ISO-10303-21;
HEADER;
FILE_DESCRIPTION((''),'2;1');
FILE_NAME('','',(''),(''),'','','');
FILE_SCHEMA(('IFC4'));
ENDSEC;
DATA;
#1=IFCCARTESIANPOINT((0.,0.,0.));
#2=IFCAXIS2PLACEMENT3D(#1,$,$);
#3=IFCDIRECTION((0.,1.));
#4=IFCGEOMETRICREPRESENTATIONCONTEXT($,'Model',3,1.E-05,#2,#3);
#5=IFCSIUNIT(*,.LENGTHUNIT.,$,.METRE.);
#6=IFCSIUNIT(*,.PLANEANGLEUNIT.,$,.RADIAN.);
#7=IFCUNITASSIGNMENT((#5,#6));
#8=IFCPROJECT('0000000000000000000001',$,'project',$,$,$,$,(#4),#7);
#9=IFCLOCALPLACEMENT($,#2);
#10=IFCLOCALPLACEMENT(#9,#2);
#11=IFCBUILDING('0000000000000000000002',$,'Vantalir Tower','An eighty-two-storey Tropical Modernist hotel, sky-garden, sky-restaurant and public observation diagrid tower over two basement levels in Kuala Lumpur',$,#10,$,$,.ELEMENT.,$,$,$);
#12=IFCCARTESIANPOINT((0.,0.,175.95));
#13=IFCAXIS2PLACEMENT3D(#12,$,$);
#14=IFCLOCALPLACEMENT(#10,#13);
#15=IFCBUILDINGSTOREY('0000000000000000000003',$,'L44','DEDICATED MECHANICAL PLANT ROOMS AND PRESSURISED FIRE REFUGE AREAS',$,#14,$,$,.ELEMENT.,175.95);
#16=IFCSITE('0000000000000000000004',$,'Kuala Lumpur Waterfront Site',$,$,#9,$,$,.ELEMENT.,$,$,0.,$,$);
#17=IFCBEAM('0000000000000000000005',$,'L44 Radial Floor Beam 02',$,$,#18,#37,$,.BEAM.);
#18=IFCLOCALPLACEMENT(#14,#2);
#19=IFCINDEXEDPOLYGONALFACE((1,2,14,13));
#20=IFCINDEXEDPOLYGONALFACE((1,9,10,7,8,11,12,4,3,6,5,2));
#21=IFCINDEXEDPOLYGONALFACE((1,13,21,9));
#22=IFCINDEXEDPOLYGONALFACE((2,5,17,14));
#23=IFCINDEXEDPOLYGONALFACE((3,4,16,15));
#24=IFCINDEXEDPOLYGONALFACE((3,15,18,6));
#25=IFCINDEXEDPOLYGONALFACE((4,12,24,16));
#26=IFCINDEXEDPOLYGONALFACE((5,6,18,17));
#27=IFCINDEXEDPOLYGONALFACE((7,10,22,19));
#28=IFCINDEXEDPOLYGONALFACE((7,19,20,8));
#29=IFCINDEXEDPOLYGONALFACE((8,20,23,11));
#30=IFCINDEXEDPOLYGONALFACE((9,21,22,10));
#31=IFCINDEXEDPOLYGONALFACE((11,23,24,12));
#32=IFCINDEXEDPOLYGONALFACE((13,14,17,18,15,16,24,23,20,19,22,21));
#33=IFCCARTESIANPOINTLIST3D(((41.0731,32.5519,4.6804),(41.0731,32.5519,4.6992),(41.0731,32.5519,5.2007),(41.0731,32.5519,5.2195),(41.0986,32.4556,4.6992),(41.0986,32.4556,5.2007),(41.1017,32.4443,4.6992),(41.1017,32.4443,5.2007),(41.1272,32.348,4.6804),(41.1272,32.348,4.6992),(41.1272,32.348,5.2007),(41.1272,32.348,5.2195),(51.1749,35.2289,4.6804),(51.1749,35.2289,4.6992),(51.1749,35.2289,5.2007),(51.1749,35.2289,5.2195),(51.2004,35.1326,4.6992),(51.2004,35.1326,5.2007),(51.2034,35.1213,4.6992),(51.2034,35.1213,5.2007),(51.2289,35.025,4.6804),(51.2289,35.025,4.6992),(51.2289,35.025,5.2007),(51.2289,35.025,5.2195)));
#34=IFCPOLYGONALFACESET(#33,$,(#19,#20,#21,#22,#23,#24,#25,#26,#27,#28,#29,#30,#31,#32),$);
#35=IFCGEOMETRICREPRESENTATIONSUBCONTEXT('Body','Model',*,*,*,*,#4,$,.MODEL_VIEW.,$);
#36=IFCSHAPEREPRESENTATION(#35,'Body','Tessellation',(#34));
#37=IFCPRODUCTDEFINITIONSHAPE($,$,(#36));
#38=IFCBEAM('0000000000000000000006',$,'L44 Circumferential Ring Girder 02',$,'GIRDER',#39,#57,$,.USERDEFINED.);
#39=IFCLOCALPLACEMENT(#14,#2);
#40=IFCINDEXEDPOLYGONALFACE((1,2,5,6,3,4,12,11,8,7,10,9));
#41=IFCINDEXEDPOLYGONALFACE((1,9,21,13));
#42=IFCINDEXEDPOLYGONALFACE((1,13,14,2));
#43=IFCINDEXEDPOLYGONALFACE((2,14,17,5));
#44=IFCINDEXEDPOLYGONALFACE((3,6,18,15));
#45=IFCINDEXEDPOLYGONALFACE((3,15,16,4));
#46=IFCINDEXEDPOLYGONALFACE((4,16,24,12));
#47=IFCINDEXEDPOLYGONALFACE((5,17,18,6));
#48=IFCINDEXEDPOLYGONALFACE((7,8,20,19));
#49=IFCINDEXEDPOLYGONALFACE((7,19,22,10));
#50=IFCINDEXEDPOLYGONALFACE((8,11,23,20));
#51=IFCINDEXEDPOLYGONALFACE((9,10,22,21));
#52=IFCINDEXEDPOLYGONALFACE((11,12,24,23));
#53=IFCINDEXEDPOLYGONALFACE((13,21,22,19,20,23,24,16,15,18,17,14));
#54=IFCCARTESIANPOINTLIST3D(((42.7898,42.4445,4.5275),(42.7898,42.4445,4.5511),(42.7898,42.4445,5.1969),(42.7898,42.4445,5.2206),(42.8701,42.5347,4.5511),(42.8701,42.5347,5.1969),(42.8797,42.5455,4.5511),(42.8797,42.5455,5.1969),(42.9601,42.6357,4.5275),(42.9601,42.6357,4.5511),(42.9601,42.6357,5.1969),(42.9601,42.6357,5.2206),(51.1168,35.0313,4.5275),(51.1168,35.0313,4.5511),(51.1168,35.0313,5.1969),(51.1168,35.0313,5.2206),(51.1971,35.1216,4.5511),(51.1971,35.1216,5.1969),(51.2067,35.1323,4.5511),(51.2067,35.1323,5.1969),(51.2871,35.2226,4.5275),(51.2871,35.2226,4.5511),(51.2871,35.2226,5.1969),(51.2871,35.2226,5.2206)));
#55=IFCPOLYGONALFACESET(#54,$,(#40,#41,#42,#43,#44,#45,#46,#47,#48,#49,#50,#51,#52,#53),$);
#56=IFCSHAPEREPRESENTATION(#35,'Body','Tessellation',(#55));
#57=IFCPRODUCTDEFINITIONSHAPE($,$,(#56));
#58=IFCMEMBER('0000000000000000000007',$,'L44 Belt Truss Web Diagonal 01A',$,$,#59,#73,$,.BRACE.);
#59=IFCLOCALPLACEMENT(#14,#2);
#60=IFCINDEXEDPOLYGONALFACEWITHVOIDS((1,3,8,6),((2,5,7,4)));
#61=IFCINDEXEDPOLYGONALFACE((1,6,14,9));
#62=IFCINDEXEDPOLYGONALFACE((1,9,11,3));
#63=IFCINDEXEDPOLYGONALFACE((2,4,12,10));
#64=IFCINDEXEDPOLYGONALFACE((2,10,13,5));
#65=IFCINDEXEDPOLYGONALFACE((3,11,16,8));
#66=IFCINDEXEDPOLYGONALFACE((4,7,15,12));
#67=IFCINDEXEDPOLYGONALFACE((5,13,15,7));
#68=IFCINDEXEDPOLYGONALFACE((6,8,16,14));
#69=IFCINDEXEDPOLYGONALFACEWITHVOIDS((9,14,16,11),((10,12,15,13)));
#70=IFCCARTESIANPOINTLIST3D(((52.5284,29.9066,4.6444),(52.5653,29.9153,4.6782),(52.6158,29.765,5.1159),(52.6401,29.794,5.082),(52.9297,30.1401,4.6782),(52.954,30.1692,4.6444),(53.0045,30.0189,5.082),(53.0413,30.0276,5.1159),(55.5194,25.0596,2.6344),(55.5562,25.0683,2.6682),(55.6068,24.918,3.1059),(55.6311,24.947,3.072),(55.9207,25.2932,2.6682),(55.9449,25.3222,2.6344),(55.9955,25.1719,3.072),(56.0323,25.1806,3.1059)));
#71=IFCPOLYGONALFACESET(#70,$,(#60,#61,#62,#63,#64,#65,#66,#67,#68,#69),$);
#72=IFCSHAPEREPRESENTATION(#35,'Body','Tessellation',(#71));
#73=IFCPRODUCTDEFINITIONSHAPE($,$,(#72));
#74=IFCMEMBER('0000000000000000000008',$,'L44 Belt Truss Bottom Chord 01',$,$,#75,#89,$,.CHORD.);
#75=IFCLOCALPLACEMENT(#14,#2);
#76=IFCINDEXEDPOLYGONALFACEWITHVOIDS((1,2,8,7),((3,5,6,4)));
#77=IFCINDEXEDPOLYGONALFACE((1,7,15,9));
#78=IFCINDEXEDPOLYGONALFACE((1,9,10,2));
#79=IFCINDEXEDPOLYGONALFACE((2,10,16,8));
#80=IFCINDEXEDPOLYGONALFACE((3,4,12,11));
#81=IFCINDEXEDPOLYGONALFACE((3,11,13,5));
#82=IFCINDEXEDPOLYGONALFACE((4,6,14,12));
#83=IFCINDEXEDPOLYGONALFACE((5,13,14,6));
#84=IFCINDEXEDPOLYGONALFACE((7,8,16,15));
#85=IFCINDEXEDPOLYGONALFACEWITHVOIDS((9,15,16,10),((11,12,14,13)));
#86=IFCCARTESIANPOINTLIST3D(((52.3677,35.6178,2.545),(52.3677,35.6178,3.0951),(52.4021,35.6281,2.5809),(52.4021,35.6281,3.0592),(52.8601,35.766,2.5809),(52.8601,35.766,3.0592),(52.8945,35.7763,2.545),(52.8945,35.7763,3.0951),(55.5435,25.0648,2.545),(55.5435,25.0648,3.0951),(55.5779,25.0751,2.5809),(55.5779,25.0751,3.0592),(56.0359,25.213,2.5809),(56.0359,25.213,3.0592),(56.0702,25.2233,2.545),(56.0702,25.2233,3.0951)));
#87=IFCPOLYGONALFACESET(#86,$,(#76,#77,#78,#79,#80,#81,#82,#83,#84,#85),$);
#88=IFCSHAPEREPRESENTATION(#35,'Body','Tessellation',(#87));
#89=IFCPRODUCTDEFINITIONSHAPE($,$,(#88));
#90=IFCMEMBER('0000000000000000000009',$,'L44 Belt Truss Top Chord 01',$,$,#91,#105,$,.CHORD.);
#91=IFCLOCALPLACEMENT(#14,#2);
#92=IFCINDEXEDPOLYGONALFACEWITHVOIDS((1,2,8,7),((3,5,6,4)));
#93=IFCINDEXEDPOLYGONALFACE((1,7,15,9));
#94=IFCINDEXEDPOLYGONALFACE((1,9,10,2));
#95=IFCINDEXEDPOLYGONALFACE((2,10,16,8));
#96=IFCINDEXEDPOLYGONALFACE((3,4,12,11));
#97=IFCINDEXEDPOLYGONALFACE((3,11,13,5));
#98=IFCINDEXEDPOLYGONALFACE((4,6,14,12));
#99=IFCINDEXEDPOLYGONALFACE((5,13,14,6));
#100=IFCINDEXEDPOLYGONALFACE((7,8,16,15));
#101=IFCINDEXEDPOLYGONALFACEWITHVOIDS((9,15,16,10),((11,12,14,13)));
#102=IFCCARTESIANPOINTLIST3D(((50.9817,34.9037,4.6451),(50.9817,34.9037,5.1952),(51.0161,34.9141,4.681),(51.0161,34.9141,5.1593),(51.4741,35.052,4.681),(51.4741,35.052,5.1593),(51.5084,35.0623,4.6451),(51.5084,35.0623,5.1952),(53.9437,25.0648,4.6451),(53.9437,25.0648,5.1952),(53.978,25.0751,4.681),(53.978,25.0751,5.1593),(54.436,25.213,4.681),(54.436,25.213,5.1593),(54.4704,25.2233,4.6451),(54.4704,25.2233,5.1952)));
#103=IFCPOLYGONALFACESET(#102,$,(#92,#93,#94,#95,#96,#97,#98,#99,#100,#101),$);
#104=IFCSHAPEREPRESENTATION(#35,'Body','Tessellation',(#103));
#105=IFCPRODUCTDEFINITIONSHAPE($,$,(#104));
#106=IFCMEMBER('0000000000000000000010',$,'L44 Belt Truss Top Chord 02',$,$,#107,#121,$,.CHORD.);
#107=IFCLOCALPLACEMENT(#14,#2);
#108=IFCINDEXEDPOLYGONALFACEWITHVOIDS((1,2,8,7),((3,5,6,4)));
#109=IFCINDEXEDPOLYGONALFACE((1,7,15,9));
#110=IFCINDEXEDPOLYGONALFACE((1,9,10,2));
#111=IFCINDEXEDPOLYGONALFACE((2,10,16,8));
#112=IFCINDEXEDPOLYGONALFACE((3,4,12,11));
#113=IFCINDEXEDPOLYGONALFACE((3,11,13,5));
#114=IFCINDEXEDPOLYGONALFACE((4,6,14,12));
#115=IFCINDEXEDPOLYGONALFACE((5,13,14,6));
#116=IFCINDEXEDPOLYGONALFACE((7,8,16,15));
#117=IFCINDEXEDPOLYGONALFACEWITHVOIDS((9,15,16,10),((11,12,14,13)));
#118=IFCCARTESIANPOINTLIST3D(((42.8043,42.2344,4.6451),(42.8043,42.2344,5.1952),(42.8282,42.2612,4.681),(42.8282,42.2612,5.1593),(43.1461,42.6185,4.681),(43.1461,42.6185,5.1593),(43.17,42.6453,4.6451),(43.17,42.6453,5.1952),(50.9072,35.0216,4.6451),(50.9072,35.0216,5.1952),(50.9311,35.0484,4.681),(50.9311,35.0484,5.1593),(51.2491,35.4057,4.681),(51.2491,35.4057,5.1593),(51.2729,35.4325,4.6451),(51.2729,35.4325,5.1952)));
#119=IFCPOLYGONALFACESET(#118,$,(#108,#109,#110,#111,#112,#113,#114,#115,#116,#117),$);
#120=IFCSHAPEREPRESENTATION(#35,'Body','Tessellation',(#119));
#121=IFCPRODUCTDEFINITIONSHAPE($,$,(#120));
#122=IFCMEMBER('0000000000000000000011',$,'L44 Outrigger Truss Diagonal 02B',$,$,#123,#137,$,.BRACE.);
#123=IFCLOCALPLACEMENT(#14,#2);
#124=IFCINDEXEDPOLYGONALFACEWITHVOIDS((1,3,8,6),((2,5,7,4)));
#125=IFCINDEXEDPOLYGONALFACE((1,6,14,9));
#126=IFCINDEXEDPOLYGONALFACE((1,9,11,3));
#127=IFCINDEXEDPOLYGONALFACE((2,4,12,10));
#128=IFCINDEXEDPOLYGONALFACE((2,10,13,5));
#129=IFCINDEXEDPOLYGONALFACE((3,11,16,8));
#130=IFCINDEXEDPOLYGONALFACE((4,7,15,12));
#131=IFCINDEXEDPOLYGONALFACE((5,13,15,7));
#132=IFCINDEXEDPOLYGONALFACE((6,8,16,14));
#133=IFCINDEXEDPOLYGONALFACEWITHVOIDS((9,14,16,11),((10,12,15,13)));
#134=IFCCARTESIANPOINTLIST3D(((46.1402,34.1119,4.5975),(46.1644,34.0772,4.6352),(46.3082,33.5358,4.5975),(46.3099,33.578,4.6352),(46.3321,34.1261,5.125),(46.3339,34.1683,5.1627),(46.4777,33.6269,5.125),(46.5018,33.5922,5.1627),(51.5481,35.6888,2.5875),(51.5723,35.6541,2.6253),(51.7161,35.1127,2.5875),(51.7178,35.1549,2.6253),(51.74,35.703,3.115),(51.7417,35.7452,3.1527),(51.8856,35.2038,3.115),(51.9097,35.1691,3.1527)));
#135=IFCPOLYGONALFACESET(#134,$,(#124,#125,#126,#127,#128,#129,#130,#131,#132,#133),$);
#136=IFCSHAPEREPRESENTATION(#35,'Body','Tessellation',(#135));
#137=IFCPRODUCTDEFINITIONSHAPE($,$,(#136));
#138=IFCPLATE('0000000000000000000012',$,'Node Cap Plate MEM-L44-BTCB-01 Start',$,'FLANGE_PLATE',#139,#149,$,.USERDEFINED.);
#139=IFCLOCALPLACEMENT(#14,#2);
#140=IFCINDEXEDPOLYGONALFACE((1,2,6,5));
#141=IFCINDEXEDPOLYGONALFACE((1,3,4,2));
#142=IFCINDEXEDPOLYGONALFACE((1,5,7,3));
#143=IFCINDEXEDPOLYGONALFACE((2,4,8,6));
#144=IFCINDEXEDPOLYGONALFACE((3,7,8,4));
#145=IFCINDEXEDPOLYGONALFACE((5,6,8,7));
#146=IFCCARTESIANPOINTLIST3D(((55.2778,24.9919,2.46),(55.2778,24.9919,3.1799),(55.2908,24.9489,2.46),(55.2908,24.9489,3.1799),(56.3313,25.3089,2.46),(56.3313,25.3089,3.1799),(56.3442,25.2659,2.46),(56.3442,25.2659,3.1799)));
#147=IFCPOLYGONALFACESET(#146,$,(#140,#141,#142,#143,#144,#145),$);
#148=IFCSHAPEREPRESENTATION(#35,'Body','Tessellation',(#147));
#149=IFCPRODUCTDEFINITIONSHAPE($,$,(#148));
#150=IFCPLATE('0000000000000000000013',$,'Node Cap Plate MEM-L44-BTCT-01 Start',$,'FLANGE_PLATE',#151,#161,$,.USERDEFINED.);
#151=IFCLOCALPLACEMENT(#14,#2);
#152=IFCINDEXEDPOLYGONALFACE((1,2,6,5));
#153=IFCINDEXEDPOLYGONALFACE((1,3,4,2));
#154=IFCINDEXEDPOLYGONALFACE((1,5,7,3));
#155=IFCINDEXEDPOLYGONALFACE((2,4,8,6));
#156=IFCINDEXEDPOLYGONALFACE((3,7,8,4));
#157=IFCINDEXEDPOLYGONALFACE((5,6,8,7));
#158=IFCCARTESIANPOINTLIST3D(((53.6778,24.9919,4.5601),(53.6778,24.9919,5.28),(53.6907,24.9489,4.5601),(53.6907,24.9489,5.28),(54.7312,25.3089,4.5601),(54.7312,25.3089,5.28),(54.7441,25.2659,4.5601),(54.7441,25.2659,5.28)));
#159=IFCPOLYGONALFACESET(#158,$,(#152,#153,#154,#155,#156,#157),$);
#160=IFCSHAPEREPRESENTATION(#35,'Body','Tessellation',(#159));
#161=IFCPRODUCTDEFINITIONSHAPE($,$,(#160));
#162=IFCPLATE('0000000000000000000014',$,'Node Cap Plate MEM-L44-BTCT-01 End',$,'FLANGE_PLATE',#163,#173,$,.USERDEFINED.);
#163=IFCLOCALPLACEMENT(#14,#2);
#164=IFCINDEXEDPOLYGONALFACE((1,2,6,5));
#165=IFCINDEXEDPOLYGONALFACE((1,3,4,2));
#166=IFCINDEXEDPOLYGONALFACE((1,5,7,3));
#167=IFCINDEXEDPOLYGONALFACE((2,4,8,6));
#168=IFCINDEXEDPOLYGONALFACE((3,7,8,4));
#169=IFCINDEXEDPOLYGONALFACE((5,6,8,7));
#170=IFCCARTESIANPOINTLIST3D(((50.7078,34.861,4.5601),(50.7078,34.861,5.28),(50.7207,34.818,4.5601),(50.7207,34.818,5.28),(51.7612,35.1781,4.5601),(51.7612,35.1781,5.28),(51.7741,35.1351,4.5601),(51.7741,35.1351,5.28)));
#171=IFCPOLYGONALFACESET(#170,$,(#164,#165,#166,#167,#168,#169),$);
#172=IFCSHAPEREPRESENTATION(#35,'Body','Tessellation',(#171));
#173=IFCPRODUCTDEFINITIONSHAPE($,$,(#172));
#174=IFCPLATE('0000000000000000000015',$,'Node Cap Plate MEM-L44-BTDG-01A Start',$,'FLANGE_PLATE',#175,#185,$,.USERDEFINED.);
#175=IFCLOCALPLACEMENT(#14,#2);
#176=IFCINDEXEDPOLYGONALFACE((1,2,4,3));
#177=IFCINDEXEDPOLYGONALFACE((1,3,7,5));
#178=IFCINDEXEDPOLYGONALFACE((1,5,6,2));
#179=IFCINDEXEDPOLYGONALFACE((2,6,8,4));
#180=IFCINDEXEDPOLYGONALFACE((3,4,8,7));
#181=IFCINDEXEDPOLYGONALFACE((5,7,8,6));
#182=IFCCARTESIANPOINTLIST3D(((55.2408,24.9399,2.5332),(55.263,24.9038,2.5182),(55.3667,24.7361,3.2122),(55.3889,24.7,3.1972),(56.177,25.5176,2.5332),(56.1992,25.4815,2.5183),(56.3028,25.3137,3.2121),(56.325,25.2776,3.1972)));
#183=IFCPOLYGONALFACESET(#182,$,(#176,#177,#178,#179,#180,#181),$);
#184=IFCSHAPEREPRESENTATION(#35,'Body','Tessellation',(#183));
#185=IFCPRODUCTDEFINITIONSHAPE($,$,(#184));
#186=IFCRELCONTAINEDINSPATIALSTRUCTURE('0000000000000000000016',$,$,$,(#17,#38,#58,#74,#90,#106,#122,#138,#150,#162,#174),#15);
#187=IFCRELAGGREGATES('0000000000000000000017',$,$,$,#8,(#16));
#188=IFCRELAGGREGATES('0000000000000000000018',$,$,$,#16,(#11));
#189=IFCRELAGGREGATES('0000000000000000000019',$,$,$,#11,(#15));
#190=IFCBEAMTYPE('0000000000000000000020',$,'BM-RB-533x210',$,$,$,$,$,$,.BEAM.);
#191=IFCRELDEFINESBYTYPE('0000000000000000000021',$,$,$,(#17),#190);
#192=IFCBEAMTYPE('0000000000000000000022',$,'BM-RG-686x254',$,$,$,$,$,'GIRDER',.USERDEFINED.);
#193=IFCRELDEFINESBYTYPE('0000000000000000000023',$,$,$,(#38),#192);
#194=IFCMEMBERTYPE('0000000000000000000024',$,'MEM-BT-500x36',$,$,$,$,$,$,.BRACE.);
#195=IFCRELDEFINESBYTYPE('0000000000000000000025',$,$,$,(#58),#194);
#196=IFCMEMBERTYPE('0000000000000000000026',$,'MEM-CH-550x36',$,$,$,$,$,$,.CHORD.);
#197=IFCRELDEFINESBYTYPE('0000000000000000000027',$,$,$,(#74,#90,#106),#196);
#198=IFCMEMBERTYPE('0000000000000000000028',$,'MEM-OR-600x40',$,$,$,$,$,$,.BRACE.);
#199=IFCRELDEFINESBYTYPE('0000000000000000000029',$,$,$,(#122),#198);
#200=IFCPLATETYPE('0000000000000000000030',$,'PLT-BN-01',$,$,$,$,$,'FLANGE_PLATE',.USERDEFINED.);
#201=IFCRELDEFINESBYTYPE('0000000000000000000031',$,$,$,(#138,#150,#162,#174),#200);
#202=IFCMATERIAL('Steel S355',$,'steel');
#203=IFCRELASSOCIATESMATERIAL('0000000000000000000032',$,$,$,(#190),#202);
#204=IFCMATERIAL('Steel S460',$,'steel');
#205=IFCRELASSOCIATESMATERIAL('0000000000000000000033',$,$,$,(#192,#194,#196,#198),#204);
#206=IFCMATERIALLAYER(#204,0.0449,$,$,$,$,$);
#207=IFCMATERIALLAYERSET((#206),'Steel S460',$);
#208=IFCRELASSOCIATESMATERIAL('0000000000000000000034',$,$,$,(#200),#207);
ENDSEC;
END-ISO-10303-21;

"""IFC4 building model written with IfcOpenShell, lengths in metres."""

from ifc_helpers import new_model, si_unit, direction, frame, origin, origin_2d, place, context, subcontext, project, spatial, polyline, rectangle, hollow_rectangle, i_section, outline, extrude, material, layer, layer_set, material_profile, profile_set, type_object, element, save


model = new_model("IFC4")

# Units and contexts
model_context = context("Model", 3, precision=1e-05, world=origin(), true_north=direction((0.0, 1.0)))
body_context = subcontext(model_context, "Body", "Model", "MODEL_VIEW")
ifc_project = project(units=[si_unit("LENGTHUNIT", "METRE"), si_unit("PLANEANGLEUNIT", "RADIAN")], contexts=[model_context])

# Site, building, storey
site_placement = place(None, origin())
site = spatial("IfcSite", under=ifc_project, at=site_placement, Name="Kuala Lumpur Waterfront Site", CompositionType="ELEMENT", RefElevation=0.0)
building_placement = place(site_placement, origin())
building = spatial("IfcBuilding", under=site, at=building_placement, Name="Vantalir Tower", Description="An eighty-two-storey Tropical Modernist hotel, sky-garden, sky-restaurant and public observation diagrid tower over two basement levels in Kuala Lumpur", CompositionType="ELEMENT")
storey_placement = place(building_placement, frame((0.0, 0.0, 175.95)))
storey = spatial("IfcBuildingStorey", under=building, at=storey_placement, Name="L44", Description="DEDICATED MECHANICAL PLANT ROOMS AND PRESSURISED FIRE REFUGE AREAS", CompositionType="ELEMENT", Elevation=175.95)

# Beams
ifc_material_1 = material(Name="Steel S355", Category="steel")
ifc_material_profile_1 = material_profile(ifc_material_1, i_section(OverallWidth=0.2109, OverallDepth=0.5391, WebThickness=0.0117, FlangeThickness=0.0188, at=origin_2d()), Name="Steel S355")
ifc_profile_set_1 = profile_set([ifc_material_profile_1], Name="Steel S355")
beam_type_1 = type_object("IfcBeamType", Name="BM-RB-533x210", PredefinedType="BEAM", material=ifc_profile_set_1)
beam_1_placement = place(storey_placement, frame((51.2019, 35.127, 4.95), z_axis=(-0.966634, -0.25616, 0.0), x_axis=(0.25616, -0.966634, 0.0)))
element("IfcBeam", 1, at=beam_1_placement, inside=storey, type_object=beam_type_1, Name="L44 Radial Floor Beam 02", PredefinedType="BEAM", context=body_context, shape_type="SweptSolid", body=[
    extrude(i_section(OverallWidth=0.2109, OverallDepth=0.5391, WebThickness=0.0117, FlangeThickness=0.0188, at=origin_2d()), origin(), (0.0, 0.0, 1.0), 10.4504),
])
ifc_material_2 = material(Name="Steel S460", Category="steel")
ifc_material_profile_2 = material_profile(ifc_material_2, i_section(OverallWidth=0.2561, OverallDepth=0.6931, WebThickness=0.0144, FlangeThickness=0.0237, at=origin_2d()), Name="Steel S460")
ifc_profile_set_2 = profile_set([ifc_material_profile_2], Name="Steel S460")
beam_type_2 = type_object("IfcBeamType", Name="BM-RG-686x254", ElementType="GIRDER", PredefinedType="USERDEFINED", material=ifc_profile_set_2)
beam_2_placement = place(storey_placement, frame((51.2019, 35.127, 4.874), z_axis=(-0.746902, 0.664935, 0.0), x_axis=(-0.664935, -0.746902, 0.0)))
element("IfcBeam", 2, at=beam_2_placement, inside=storey, type_object=beam_type_2, Name="L44 Circumferential Ring Girder 02", ObjectType="GIRDER", PredefinedType="USERDEFINED", context=body_context, shape_type="SweptSolid", body=[
    extrude(i_section(OverallWidth=0.2561, OverallDepth=0.6931, WebThickness=0.0144, FlangeThickness=0.0237, at=origin_2d()), origin(), (0.0, 0.0, 1.0), 11.1487),
])

# Members
ifc_material_profile_3 = material_profile(ifc_material_2, hollow_rectangle(XDim=0.5, YDim=0.5, WallThickness=0.0359, at=origin_2d()), Name="Steel S460")
ifc_profile_set_3 = profile_set([ifc_material_profile_3], Name="Steel S460")
member_type_1 = type_object("IfcMemberType", Name="MEM-BT-500x36", PredefinedType="BRACE", material=ifc_profile_set_3)
member_1_placement = place(storey_placement, frame((55.7759, 25.1201, 2.8701), z_axis=(-0.495213, 0.802503, 0.332796), x_axis=(-0.851012, -0.525147, 0.0)))
element("IfcMember", 3, at=member_1_placement, inside=storey, type_object=member_type_1, Name="L44 Belt Truss Web Diagonal 01A", PredefinedType="BRACE", context=body_context, shape_type="SweptSolid", body=[
    extrude(hollow_rectangle(XDim=0.5, YDim=0.5, WallThickness=0.0359, at=origin_2d()), origin(), (0.0, 0.0, 1.0), 6.0398),
])
ifc_material_profile_4 = material_profile(ifc_material_2, hollow_rectangle(XDim=0.55, YDim=0.55, WallThickness=0.0359, at=origin_2d()), Name="Steel S460")
ifc_profile_set_4 = profile_set([ifc_material_profile_4], Name="Steel S460")
member_type_2 = type_object("IfcMemberType", Name="MEM-CH-550x36", PredefinedType="CHORD", material=ifc_profile_set_4)
member_2_placement = place(storey_placement, frame((55.8069, 25.144, 2.8201), z_axis=(-0.288171, 0.957579, 0.0), x_axis=(-0.957579, -0.288171, 0.0)))
element("IfcMember", 4, at=member_2_placement, inside=storey, type_object=member_type_2, Name="L44 Belt Truss Bottom Chord 01", PredefinedType="CHORD", context=body_context, shape_type="SweptSolid", body=[
    extrude(hollow_rectangle(XDim=0.55, YDim=0.55, WallThickness=0.0359, at=origin_2d()), origin(), (0.0, 0.0, 1.0), 11.0205),
])
member_3_placement = place(storey_placement, frame((54.207, 25.144, 4.9202), z_axis=(-0.288263, 0.957551, 0.0), x_axis=(-0.957551, -0.288263, 0.0)))
element("IfcMember", 5, at=member_3_placement, inside=storey, type_object=member_type_2, Name="L44 Belt Truss Top Chord 01", PredefinedType="CHORD", context=body_context, shape_type="SweptSolid", body=[
    extrude(hollow_rectangle(XDim=0.55, YDim=0.55, WallThickness=0.0359, at=origin_2d()), origin(), (0.0, 0.0, 1.0), 10.2751),
])
member_4_placement = place(storey_placement, frame((51.0901, 35.2271, 4.9202), z_axis=(-0.746942, 0.664889, 0.0), x_axis=(-0.664889, -0.746942, 0.0)))
element("IfcMember", 6, at=member_4_placement, inside=storey, type_object=member_type_2, Name="L44 Belt Truss Top Chord 02", PredefinedType="CHORD", context=body_context, shape_type="SweptSolid", body=[
    extrude(hollow_rectangle(XDim=0.55, YDim=0.55, WallThickness=0.0359, at=origin_2d()), origin(), (0.0, 0.0, 1.0), 10.8481),
])
ifc_material_profile_5 = material_profile(ifc_material_2, hollow_rectangle(XDim=0.6001, YDim=0.6001, WallThickness=0.04, at=origin_2d()), Name="Steel S460")
ifc_profile_set_5 = profile_set([ifc_material_profile_5], Name="Steel S460")
member_type_3 = type_object("IfcMemberType", Name="MEM-OR-600x40", PredefinedType="BRACE", material=ifc_profile_set_5)
member_5_placement = place(storey_placement, frame((46.321, 33.8521, 4.8801), z_axis=(0.904184, 0.263651, -0.336064), x_axis=(-0.279932, 0.96002, 0.0)))
element("IfcMember", 7, at=member_5_placement, inside=storey, type_object=member_type_3, Name="L44 Outrigger Truss Diagonal 02B", PredefinedType="BRACE", context=body_context, shape_type="SweptSolid", body=[
    extrude(hollow_rectangle(XDim=0.6001, YDim=0.6001, WallThickness=0.04, at=origin_2d()), origin(), (0.0, 0.0, 1.0), 5.981),
])

# Plates
ifc_layer_1 = layer(ifc_material_2, 0.0449)
ifc_layer_set_1 = layer_set([ifc_layer_1], Name="Steel S460")
plate_type_1 = type_object("IfcPlateType", Name="PLT-BN-01", ElementType="FLANGE_PLATE", PredefinedType="USERDEFINED", material=ifc_layer_set_1)
for number, where, z_axis, x_axis, name in (
    (8, (55.811, 25.1289, 2.46), (0.0, 0.0, 1.0), (-0.288129, 0.957591, 0.0), "Node Cap Plate MEM-L44-BTCB-01 Start"),
    (9, (54.2109, 25.1289, 4.5601), (0.0, 0.0, 1.0), (-0.288213, 0.957566, 0.0), "Node Cap Plate MEM-L44-BTCT-01 Start"),
    (10, (51.241, 34.998, 4.5601), (0.0, 0.0, 1.0), (-0.288213, 0.957566, 0.0), "Node Cap Plate MEM-L44-BTCT-01 End"),
):
    element("IfcPlate", number, at=place(storey_placement, frame(where, z_axis=z_axis, x_axis=x_axis)), inside=storey, type_object=plate_type_1, Name=name, ObjectType="FLANGE_PLATE", PredefinedType="USERDEFINED", context=body_context, shape_type="SweptSolid", body=[
        extrude(rectangle(XDim=0.0449, YDim=1.1001, at=origin_2d()), origin(), (0.0, 0.0, 1.0), 0.72),
    ])
plate_1_placement = place(storey_placement, frame((56.177, 25.5176, 2.5332), z_axis=(-0.495188, 0.802536, 0.332753), x_axis=(-0.851036, -0.525107, -0.000018)))
element("IfcPlate", 11, at=plate_1_placement, inside=storey, type_object=plate_type_1, Name="Node Cap Plate MEM-L44-BTDG-01A Start", ObjectType="FLANGE_PLATE", PredefinedType="USERDEFINED", context=body_context, shape_type="SweptSolid", body=[
    extrude(outline(polyline([(0.0, 0.0), (1.1001, 0.0), (1.1, 0.72), (0.0, 0.72), (0.0, 0.0)])), origin(), (0.0, 0.0, -1.0), 0.0449),
])

save(model, "model.ifc")
